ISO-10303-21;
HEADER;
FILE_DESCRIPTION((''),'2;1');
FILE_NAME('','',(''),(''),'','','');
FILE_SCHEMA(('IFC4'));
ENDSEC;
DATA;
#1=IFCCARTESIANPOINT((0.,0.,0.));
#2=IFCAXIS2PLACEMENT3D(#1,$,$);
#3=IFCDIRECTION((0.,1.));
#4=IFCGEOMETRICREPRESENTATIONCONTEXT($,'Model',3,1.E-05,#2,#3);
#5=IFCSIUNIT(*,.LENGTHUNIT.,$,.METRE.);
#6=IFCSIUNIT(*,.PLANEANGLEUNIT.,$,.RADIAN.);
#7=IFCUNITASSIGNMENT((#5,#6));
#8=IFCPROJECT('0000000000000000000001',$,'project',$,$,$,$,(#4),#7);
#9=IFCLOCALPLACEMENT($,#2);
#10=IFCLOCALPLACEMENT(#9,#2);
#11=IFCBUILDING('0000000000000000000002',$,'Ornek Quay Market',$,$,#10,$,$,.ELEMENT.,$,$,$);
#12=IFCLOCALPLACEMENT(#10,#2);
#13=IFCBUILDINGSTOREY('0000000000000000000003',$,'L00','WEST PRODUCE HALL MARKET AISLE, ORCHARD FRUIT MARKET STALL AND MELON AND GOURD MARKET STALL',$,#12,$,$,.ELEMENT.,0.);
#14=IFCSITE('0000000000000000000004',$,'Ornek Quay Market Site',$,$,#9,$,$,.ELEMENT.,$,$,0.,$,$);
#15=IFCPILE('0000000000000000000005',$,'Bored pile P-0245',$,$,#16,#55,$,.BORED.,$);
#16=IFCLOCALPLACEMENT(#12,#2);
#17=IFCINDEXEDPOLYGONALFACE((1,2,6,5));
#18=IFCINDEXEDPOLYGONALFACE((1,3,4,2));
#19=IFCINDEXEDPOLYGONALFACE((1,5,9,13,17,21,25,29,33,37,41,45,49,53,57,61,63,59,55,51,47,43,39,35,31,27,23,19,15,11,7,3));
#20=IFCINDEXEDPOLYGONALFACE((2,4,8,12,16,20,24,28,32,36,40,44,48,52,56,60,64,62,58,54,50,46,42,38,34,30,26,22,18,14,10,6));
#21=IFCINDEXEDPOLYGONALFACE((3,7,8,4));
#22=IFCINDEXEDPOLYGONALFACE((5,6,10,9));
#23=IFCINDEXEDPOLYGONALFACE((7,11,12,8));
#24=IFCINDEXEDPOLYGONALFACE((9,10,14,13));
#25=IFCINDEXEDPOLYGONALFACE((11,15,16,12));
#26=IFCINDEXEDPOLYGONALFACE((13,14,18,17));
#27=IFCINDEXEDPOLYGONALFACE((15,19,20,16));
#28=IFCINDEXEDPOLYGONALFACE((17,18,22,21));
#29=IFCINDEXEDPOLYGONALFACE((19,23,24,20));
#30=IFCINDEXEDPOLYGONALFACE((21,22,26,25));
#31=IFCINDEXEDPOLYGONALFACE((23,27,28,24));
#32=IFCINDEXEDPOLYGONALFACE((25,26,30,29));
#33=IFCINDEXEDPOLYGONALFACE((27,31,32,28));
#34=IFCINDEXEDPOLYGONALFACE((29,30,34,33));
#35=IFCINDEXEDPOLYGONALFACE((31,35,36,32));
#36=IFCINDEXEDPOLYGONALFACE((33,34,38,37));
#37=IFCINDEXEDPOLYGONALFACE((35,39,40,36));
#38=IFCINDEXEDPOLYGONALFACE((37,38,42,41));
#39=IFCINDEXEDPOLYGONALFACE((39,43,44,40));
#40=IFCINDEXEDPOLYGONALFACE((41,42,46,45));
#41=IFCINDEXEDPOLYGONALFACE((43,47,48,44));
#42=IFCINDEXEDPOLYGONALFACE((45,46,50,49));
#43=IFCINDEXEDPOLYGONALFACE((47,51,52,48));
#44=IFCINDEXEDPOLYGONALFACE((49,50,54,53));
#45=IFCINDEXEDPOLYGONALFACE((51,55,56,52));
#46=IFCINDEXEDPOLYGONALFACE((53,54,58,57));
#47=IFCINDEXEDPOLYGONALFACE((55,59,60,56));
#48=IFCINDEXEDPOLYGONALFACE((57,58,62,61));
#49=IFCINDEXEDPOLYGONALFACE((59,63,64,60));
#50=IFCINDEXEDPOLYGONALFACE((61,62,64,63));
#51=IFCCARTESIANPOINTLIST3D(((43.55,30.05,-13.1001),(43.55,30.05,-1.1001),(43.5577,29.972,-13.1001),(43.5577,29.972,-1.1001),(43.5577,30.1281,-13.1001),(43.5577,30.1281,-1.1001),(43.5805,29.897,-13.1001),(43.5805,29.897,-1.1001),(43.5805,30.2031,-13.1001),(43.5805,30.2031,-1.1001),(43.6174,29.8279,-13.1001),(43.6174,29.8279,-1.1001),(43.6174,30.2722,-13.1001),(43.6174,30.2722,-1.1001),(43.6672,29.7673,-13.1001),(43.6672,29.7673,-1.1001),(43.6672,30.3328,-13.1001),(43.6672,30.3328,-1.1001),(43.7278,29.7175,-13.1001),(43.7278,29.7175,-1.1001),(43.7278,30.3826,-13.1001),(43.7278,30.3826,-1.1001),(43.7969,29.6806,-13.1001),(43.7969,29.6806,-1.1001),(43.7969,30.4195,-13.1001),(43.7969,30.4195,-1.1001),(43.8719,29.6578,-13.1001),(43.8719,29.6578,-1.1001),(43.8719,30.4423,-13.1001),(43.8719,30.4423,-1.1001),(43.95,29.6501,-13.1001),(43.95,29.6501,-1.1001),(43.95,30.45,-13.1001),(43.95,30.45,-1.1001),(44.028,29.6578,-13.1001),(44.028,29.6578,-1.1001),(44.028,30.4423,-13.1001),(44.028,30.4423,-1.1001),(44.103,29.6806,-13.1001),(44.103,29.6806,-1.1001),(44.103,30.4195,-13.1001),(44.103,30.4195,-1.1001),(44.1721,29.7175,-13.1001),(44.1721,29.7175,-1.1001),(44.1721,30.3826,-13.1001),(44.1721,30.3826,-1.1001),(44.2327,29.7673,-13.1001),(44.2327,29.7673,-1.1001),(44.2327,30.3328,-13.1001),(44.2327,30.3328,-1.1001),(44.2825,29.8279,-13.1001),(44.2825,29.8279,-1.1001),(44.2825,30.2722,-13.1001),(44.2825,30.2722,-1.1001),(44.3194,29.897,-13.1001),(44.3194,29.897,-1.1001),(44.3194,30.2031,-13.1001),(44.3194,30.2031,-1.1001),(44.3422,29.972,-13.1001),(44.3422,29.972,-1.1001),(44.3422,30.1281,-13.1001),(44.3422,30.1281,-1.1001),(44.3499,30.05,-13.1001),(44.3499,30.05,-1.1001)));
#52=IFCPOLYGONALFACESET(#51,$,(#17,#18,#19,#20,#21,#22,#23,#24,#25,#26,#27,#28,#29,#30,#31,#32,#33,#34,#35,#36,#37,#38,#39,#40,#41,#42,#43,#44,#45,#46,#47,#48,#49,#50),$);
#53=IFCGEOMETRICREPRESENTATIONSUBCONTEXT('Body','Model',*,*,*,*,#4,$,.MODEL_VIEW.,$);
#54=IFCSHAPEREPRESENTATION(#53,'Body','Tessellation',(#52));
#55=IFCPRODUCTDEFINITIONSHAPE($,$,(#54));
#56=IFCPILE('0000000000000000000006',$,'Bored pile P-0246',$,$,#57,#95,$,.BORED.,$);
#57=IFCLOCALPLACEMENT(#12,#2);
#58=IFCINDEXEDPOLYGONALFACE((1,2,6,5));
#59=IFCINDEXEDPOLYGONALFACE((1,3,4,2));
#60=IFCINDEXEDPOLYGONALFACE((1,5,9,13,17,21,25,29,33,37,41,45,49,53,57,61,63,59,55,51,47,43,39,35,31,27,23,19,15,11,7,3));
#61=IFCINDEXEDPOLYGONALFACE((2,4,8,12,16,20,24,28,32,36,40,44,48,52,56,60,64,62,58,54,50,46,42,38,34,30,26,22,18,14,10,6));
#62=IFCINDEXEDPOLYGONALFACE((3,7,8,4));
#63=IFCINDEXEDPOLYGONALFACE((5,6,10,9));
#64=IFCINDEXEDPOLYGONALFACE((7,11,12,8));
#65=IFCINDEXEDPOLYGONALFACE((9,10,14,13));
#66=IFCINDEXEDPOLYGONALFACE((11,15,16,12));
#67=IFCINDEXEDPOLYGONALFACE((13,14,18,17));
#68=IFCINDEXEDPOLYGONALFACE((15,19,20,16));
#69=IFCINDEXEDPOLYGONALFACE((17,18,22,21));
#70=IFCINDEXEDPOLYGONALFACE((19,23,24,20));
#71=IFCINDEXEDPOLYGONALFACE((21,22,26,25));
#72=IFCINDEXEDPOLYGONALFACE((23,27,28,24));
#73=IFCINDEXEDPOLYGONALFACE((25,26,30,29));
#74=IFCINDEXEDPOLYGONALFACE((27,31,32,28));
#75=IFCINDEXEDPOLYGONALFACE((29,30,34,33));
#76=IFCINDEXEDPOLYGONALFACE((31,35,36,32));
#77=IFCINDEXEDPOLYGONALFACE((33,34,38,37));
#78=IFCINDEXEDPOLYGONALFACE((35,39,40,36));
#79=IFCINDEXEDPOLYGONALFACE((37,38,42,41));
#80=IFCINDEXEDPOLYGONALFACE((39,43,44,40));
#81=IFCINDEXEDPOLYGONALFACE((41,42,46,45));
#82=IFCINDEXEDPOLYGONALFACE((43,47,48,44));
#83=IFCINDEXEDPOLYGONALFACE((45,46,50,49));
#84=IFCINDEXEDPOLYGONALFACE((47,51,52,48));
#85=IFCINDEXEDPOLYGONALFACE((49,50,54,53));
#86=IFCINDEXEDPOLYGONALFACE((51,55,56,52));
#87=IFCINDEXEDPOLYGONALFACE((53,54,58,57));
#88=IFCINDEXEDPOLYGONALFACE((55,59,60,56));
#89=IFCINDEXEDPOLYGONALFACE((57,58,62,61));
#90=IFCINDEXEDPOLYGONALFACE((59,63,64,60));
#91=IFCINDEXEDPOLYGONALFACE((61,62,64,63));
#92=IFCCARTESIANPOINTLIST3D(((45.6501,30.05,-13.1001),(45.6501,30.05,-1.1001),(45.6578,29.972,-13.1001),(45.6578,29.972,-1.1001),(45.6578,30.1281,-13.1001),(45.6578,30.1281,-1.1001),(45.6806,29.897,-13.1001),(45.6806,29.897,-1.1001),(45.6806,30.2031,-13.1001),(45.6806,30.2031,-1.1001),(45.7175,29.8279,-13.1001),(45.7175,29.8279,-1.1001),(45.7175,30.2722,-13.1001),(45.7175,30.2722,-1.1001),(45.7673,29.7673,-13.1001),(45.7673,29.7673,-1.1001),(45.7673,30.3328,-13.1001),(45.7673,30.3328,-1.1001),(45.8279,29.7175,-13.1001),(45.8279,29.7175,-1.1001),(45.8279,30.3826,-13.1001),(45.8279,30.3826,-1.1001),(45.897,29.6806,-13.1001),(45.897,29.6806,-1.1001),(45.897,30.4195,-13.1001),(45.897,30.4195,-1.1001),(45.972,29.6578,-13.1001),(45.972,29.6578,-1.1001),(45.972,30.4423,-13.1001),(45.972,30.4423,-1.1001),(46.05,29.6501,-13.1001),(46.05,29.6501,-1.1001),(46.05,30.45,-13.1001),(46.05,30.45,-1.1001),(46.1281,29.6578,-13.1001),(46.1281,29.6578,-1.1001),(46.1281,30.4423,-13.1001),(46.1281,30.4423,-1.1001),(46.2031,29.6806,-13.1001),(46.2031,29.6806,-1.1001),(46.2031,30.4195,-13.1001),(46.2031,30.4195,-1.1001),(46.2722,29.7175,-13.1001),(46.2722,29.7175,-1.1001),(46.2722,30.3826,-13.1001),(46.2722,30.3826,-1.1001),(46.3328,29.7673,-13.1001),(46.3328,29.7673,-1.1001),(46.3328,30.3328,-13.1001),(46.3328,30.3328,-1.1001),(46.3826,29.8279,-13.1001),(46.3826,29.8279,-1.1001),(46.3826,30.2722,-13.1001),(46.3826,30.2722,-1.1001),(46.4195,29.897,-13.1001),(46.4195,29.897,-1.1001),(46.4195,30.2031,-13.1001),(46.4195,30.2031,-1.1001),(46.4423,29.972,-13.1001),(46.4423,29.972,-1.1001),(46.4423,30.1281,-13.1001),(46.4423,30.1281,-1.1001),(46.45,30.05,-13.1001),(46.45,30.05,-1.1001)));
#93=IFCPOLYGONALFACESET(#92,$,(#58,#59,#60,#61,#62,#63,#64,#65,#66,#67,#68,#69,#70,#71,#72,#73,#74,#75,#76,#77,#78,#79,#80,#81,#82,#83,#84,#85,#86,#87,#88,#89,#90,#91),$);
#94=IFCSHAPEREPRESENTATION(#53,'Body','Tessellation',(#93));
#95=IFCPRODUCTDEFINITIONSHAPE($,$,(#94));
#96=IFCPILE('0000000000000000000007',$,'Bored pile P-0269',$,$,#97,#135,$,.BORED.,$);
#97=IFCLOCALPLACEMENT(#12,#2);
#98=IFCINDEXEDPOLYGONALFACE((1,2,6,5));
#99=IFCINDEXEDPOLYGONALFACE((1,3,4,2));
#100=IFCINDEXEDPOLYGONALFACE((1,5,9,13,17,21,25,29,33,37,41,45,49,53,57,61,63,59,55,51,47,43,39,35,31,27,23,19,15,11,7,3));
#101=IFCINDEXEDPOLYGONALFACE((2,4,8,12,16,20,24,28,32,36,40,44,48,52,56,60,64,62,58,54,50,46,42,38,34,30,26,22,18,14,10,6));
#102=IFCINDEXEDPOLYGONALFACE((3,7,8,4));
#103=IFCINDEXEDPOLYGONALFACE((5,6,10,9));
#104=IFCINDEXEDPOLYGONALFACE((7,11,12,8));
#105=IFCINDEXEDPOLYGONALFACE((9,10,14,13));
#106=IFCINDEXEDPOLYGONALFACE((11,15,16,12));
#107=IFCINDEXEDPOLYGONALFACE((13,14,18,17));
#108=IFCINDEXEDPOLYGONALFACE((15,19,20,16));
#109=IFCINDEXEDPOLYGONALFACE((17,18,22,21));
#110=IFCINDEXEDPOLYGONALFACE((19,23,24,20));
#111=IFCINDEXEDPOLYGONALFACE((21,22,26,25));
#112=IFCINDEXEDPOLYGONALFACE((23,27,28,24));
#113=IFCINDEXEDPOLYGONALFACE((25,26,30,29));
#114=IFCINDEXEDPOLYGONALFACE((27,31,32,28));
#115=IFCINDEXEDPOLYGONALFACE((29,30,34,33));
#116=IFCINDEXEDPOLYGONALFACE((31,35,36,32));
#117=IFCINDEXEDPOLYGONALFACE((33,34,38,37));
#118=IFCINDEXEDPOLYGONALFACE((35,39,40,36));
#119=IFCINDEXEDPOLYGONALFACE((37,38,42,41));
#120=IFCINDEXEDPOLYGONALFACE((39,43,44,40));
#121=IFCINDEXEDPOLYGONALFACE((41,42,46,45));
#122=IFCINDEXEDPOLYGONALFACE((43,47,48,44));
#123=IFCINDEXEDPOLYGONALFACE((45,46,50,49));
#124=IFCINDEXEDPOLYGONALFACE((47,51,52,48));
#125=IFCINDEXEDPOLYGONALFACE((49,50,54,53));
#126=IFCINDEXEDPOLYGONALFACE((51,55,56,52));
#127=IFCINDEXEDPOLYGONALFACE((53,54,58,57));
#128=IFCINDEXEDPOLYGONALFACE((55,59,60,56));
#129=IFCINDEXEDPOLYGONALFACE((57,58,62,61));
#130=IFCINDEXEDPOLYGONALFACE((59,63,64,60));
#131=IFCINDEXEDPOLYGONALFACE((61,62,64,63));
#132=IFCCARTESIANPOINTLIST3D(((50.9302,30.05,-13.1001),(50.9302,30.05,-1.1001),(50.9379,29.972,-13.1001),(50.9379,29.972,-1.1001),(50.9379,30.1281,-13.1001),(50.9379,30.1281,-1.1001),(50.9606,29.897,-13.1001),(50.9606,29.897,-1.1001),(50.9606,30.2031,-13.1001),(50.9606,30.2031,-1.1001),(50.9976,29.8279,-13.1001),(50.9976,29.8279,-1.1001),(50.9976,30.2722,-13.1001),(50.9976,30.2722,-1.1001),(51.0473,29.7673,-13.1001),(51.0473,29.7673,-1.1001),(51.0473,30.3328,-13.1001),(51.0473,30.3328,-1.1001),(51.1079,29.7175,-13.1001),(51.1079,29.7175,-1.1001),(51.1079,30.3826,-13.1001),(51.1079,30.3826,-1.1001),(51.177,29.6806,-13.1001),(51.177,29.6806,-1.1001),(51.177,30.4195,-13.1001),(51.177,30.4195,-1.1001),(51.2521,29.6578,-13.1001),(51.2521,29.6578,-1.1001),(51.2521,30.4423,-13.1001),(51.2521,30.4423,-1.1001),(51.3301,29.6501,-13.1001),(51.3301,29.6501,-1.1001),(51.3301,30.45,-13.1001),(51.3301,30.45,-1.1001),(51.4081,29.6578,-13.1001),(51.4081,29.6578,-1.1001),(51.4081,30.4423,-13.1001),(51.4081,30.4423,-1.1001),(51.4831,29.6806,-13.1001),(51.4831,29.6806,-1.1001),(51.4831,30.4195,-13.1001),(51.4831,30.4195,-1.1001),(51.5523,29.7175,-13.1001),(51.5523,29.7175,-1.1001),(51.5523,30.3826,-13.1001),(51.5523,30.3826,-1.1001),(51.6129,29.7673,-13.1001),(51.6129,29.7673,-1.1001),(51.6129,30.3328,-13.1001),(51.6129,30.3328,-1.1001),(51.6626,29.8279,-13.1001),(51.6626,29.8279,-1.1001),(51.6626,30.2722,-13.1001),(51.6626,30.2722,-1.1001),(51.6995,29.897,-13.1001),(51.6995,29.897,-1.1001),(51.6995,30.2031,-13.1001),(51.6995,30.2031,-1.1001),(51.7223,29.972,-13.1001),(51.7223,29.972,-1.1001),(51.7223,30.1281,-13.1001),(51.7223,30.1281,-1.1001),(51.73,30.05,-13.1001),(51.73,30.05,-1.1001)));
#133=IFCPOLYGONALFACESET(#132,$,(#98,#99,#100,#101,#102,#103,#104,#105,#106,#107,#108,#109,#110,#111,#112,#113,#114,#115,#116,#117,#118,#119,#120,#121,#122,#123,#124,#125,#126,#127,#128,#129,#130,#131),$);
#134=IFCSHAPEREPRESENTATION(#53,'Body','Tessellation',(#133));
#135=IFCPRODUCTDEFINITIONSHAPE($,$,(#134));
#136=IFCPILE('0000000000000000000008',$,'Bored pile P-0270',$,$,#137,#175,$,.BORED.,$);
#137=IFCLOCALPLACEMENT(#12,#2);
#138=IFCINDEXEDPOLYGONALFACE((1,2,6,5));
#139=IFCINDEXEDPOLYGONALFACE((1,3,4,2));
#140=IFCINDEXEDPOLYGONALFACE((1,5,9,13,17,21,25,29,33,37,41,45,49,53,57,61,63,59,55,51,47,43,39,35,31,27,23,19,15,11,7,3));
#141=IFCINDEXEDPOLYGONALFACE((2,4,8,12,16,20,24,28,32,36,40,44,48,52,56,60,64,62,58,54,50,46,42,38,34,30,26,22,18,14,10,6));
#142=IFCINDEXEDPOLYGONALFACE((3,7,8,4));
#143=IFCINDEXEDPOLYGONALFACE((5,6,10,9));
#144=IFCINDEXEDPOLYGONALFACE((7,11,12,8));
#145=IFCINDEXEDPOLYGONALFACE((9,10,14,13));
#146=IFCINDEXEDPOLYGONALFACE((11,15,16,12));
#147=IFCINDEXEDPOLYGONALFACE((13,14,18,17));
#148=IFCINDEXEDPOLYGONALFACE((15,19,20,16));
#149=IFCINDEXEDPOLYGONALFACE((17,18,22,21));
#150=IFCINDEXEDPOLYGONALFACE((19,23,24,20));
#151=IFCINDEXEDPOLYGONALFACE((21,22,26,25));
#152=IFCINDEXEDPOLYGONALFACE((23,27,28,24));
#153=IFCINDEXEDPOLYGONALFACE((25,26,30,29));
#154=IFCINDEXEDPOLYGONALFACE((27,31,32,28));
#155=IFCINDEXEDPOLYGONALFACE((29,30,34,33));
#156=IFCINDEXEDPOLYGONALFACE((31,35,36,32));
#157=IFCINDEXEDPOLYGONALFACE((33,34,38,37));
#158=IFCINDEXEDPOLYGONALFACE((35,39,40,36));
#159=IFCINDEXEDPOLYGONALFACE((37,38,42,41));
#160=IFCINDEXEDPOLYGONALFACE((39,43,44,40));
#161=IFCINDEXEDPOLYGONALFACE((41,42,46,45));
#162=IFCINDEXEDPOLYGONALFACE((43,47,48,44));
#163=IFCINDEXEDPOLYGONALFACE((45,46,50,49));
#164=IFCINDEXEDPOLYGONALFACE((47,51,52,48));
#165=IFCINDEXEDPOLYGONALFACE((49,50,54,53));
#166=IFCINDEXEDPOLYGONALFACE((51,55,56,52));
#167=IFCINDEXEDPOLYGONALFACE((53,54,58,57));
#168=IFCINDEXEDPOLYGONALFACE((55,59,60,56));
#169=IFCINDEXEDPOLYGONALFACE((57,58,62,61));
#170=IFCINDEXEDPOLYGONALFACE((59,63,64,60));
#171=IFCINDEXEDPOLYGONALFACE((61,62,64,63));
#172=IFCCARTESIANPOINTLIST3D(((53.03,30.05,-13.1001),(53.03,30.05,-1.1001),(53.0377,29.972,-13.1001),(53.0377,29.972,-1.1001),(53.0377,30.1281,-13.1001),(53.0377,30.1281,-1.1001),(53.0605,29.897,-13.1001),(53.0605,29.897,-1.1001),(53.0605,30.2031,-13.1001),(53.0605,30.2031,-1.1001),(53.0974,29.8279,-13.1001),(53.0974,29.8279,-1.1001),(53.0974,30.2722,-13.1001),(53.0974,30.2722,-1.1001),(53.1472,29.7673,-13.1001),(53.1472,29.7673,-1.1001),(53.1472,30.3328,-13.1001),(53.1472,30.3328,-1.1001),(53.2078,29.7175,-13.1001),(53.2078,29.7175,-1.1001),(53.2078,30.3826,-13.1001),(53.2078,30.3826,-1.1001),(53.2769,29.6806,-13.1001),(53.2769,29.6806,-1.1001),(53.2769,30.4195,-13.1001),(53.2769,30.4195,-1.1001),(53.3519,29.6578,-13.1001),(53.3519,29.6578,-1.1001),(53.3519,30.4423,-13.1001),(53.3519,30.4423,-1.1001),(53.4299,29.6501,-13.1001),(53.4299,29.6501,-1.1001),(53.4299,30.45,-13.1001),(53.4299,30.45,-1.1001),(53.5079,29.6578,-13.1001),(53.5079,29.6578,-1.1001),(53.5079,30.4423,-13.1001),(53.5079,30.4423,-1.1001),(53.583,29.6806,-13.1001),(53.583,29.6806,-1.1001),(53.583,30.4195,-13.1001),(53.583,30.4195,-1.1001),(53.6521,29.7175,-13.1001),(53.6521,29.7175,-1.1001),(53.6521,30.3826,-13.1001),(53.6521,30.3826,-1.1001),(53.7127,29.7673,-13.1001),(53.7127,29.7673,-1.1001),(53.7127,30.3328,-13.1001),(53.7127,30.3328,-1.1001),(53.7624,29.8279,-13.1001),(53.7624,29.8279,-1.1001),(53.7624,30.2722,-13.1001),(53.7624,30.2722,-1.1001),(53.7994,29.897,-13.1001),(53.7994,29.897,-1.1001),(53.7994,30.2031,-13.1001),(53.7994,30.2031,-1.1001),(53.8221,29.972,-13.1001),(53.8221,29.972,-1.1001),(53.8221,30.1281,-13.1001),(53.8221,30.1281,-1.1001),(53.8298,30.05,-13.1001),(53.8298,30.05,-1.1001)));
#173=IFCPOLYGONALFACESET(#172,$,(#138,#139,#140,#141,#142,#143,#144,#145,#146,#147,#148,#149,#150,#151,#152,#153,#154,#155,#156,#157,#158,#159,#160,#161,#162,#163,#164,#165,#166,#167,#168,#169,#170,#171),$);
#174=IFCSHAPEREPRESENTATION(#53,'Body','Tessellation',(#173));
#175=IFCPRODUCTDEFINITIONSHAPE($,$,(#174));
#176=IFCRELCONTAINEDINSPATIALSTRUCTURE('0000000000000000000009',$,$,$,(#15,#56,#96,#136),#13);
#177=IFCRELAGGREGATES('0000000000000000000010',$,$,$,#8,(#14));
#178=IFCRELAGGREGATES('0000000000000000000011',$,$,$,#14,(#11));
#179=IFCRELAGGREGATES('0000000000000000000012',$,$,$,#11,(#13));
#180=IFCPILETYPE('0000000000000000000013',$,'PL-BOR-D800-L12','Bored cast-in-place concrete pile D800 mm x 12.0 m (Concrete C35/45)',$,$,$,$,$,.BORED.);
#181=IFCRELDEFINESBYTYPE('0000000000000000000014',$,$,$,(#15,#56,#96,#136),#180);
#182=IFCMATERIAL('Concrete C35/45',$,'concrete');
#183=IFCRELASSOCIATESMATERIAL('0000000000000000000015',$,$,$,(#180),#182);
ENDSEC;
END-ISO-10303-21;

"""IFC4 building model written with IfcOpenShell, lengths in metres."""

from ifc_helpers import new_model, si_unit, direction, frame, origin, origin_2d, place, context, subcontext, project, spatial, circle, extrude, material, material_profile, profile_set, type_object, element, save


model = new_model("IFC4")

# Units and contexts
model_context = context("Model", 3, precision=1e-05, world=origin(), true_north=direction((0.0, 1.0)))
body_context = subcontext(model_context, "Body", "Model", "MODEL_VIEW")
ifc_project = project(units=[si_unit("LENGTHUNIT", "METRE"), si_unit("PLANEANGLEUNIT", "RADIAN")], contexts=[model_context])

# Site, building, storey
site_placement = place(None, origin())
site = spatial("IfcSite", under=ifc_project, at=site_placement, Name="Ornek Quay Market Site", CompositionType="ELEMENT", RefElevation=0.0)
building_placement = place(site_placement, origin())
building = spatial("IfcBuilding", under=site, at=building_placement, Name="Ornek Quay Market", CompositionType="ELEMENT")
storey_placement = place(building_placement, origin())
storey = spatial("IfcBuildingStorey", under=building, at=storey_placement, Name="L00", Description="WEST PRODUCE HALL MARKET AISLE, ORCHARD FRUIT MARKET STALL AND MELON AND GOURD MARKET STALL", CompositionType="ELEMENT", Elevation=0.0)

# Piles
ifc_material_1 = material(Name="Concrete C35/45", Category="concrete")
ifc_material_profile_1 = material_profile(ifc_material_1, circle(Radius=0.3999, at=origin_2d()), Name="PILE D800", Category="concrete")
ifc_profile_set_1 = profile_set([ifc_material_profile_1], Name="Concrete C35/45")
pile_type_1 = type_object("IfcPileType", Name="PL-BOR-D800-L12", Description="Bored cast-in-place concrete pile D800 mm x 12.0 m (Concrete C35/45)", PredefinedType="BORED", material=ifc_profile_set_1)
for number, where, z_axis, x_axis, name in (
    (1, (43.95, 30.05, -1.1001), (0.0, 0.0, -1.0), (1.0, 0.0, 0.0), "Bored pile P-0245"),
    (2, (46.05, 30.05, -1.1001), (0.0, 0.0, -1.0), (1.0, 0.0, 0.0), "Bored pile P-0246"),
    (3, (51.3301, 30.05, -1.1001), (0.0, 0.0, -1.0), (1.0, 0.0, 0.0), "Bored pile P-0269"),
    (4, (53.4299, 30.05, -1.1001), (0.0, 0.0, -1.0), (1.0, 0.0, 0.0), "Bored pile P-0270"),
):
    element("IfcPile", number, at=place(storey_placement, frame(where, z_axis=z_axis, x_axis=x_axis)), inside=storey, type_object=pile_type_1, Name=name, PredefinedType="BORED", context=body_context, shape_type="SweptSolid", body=[
        extrude(circle(Radius=0.3999, at=origin_2d()), origin(), (0.0, 0.0, 1.0), 12.0),
    ])

save(model, "model.ifc")
